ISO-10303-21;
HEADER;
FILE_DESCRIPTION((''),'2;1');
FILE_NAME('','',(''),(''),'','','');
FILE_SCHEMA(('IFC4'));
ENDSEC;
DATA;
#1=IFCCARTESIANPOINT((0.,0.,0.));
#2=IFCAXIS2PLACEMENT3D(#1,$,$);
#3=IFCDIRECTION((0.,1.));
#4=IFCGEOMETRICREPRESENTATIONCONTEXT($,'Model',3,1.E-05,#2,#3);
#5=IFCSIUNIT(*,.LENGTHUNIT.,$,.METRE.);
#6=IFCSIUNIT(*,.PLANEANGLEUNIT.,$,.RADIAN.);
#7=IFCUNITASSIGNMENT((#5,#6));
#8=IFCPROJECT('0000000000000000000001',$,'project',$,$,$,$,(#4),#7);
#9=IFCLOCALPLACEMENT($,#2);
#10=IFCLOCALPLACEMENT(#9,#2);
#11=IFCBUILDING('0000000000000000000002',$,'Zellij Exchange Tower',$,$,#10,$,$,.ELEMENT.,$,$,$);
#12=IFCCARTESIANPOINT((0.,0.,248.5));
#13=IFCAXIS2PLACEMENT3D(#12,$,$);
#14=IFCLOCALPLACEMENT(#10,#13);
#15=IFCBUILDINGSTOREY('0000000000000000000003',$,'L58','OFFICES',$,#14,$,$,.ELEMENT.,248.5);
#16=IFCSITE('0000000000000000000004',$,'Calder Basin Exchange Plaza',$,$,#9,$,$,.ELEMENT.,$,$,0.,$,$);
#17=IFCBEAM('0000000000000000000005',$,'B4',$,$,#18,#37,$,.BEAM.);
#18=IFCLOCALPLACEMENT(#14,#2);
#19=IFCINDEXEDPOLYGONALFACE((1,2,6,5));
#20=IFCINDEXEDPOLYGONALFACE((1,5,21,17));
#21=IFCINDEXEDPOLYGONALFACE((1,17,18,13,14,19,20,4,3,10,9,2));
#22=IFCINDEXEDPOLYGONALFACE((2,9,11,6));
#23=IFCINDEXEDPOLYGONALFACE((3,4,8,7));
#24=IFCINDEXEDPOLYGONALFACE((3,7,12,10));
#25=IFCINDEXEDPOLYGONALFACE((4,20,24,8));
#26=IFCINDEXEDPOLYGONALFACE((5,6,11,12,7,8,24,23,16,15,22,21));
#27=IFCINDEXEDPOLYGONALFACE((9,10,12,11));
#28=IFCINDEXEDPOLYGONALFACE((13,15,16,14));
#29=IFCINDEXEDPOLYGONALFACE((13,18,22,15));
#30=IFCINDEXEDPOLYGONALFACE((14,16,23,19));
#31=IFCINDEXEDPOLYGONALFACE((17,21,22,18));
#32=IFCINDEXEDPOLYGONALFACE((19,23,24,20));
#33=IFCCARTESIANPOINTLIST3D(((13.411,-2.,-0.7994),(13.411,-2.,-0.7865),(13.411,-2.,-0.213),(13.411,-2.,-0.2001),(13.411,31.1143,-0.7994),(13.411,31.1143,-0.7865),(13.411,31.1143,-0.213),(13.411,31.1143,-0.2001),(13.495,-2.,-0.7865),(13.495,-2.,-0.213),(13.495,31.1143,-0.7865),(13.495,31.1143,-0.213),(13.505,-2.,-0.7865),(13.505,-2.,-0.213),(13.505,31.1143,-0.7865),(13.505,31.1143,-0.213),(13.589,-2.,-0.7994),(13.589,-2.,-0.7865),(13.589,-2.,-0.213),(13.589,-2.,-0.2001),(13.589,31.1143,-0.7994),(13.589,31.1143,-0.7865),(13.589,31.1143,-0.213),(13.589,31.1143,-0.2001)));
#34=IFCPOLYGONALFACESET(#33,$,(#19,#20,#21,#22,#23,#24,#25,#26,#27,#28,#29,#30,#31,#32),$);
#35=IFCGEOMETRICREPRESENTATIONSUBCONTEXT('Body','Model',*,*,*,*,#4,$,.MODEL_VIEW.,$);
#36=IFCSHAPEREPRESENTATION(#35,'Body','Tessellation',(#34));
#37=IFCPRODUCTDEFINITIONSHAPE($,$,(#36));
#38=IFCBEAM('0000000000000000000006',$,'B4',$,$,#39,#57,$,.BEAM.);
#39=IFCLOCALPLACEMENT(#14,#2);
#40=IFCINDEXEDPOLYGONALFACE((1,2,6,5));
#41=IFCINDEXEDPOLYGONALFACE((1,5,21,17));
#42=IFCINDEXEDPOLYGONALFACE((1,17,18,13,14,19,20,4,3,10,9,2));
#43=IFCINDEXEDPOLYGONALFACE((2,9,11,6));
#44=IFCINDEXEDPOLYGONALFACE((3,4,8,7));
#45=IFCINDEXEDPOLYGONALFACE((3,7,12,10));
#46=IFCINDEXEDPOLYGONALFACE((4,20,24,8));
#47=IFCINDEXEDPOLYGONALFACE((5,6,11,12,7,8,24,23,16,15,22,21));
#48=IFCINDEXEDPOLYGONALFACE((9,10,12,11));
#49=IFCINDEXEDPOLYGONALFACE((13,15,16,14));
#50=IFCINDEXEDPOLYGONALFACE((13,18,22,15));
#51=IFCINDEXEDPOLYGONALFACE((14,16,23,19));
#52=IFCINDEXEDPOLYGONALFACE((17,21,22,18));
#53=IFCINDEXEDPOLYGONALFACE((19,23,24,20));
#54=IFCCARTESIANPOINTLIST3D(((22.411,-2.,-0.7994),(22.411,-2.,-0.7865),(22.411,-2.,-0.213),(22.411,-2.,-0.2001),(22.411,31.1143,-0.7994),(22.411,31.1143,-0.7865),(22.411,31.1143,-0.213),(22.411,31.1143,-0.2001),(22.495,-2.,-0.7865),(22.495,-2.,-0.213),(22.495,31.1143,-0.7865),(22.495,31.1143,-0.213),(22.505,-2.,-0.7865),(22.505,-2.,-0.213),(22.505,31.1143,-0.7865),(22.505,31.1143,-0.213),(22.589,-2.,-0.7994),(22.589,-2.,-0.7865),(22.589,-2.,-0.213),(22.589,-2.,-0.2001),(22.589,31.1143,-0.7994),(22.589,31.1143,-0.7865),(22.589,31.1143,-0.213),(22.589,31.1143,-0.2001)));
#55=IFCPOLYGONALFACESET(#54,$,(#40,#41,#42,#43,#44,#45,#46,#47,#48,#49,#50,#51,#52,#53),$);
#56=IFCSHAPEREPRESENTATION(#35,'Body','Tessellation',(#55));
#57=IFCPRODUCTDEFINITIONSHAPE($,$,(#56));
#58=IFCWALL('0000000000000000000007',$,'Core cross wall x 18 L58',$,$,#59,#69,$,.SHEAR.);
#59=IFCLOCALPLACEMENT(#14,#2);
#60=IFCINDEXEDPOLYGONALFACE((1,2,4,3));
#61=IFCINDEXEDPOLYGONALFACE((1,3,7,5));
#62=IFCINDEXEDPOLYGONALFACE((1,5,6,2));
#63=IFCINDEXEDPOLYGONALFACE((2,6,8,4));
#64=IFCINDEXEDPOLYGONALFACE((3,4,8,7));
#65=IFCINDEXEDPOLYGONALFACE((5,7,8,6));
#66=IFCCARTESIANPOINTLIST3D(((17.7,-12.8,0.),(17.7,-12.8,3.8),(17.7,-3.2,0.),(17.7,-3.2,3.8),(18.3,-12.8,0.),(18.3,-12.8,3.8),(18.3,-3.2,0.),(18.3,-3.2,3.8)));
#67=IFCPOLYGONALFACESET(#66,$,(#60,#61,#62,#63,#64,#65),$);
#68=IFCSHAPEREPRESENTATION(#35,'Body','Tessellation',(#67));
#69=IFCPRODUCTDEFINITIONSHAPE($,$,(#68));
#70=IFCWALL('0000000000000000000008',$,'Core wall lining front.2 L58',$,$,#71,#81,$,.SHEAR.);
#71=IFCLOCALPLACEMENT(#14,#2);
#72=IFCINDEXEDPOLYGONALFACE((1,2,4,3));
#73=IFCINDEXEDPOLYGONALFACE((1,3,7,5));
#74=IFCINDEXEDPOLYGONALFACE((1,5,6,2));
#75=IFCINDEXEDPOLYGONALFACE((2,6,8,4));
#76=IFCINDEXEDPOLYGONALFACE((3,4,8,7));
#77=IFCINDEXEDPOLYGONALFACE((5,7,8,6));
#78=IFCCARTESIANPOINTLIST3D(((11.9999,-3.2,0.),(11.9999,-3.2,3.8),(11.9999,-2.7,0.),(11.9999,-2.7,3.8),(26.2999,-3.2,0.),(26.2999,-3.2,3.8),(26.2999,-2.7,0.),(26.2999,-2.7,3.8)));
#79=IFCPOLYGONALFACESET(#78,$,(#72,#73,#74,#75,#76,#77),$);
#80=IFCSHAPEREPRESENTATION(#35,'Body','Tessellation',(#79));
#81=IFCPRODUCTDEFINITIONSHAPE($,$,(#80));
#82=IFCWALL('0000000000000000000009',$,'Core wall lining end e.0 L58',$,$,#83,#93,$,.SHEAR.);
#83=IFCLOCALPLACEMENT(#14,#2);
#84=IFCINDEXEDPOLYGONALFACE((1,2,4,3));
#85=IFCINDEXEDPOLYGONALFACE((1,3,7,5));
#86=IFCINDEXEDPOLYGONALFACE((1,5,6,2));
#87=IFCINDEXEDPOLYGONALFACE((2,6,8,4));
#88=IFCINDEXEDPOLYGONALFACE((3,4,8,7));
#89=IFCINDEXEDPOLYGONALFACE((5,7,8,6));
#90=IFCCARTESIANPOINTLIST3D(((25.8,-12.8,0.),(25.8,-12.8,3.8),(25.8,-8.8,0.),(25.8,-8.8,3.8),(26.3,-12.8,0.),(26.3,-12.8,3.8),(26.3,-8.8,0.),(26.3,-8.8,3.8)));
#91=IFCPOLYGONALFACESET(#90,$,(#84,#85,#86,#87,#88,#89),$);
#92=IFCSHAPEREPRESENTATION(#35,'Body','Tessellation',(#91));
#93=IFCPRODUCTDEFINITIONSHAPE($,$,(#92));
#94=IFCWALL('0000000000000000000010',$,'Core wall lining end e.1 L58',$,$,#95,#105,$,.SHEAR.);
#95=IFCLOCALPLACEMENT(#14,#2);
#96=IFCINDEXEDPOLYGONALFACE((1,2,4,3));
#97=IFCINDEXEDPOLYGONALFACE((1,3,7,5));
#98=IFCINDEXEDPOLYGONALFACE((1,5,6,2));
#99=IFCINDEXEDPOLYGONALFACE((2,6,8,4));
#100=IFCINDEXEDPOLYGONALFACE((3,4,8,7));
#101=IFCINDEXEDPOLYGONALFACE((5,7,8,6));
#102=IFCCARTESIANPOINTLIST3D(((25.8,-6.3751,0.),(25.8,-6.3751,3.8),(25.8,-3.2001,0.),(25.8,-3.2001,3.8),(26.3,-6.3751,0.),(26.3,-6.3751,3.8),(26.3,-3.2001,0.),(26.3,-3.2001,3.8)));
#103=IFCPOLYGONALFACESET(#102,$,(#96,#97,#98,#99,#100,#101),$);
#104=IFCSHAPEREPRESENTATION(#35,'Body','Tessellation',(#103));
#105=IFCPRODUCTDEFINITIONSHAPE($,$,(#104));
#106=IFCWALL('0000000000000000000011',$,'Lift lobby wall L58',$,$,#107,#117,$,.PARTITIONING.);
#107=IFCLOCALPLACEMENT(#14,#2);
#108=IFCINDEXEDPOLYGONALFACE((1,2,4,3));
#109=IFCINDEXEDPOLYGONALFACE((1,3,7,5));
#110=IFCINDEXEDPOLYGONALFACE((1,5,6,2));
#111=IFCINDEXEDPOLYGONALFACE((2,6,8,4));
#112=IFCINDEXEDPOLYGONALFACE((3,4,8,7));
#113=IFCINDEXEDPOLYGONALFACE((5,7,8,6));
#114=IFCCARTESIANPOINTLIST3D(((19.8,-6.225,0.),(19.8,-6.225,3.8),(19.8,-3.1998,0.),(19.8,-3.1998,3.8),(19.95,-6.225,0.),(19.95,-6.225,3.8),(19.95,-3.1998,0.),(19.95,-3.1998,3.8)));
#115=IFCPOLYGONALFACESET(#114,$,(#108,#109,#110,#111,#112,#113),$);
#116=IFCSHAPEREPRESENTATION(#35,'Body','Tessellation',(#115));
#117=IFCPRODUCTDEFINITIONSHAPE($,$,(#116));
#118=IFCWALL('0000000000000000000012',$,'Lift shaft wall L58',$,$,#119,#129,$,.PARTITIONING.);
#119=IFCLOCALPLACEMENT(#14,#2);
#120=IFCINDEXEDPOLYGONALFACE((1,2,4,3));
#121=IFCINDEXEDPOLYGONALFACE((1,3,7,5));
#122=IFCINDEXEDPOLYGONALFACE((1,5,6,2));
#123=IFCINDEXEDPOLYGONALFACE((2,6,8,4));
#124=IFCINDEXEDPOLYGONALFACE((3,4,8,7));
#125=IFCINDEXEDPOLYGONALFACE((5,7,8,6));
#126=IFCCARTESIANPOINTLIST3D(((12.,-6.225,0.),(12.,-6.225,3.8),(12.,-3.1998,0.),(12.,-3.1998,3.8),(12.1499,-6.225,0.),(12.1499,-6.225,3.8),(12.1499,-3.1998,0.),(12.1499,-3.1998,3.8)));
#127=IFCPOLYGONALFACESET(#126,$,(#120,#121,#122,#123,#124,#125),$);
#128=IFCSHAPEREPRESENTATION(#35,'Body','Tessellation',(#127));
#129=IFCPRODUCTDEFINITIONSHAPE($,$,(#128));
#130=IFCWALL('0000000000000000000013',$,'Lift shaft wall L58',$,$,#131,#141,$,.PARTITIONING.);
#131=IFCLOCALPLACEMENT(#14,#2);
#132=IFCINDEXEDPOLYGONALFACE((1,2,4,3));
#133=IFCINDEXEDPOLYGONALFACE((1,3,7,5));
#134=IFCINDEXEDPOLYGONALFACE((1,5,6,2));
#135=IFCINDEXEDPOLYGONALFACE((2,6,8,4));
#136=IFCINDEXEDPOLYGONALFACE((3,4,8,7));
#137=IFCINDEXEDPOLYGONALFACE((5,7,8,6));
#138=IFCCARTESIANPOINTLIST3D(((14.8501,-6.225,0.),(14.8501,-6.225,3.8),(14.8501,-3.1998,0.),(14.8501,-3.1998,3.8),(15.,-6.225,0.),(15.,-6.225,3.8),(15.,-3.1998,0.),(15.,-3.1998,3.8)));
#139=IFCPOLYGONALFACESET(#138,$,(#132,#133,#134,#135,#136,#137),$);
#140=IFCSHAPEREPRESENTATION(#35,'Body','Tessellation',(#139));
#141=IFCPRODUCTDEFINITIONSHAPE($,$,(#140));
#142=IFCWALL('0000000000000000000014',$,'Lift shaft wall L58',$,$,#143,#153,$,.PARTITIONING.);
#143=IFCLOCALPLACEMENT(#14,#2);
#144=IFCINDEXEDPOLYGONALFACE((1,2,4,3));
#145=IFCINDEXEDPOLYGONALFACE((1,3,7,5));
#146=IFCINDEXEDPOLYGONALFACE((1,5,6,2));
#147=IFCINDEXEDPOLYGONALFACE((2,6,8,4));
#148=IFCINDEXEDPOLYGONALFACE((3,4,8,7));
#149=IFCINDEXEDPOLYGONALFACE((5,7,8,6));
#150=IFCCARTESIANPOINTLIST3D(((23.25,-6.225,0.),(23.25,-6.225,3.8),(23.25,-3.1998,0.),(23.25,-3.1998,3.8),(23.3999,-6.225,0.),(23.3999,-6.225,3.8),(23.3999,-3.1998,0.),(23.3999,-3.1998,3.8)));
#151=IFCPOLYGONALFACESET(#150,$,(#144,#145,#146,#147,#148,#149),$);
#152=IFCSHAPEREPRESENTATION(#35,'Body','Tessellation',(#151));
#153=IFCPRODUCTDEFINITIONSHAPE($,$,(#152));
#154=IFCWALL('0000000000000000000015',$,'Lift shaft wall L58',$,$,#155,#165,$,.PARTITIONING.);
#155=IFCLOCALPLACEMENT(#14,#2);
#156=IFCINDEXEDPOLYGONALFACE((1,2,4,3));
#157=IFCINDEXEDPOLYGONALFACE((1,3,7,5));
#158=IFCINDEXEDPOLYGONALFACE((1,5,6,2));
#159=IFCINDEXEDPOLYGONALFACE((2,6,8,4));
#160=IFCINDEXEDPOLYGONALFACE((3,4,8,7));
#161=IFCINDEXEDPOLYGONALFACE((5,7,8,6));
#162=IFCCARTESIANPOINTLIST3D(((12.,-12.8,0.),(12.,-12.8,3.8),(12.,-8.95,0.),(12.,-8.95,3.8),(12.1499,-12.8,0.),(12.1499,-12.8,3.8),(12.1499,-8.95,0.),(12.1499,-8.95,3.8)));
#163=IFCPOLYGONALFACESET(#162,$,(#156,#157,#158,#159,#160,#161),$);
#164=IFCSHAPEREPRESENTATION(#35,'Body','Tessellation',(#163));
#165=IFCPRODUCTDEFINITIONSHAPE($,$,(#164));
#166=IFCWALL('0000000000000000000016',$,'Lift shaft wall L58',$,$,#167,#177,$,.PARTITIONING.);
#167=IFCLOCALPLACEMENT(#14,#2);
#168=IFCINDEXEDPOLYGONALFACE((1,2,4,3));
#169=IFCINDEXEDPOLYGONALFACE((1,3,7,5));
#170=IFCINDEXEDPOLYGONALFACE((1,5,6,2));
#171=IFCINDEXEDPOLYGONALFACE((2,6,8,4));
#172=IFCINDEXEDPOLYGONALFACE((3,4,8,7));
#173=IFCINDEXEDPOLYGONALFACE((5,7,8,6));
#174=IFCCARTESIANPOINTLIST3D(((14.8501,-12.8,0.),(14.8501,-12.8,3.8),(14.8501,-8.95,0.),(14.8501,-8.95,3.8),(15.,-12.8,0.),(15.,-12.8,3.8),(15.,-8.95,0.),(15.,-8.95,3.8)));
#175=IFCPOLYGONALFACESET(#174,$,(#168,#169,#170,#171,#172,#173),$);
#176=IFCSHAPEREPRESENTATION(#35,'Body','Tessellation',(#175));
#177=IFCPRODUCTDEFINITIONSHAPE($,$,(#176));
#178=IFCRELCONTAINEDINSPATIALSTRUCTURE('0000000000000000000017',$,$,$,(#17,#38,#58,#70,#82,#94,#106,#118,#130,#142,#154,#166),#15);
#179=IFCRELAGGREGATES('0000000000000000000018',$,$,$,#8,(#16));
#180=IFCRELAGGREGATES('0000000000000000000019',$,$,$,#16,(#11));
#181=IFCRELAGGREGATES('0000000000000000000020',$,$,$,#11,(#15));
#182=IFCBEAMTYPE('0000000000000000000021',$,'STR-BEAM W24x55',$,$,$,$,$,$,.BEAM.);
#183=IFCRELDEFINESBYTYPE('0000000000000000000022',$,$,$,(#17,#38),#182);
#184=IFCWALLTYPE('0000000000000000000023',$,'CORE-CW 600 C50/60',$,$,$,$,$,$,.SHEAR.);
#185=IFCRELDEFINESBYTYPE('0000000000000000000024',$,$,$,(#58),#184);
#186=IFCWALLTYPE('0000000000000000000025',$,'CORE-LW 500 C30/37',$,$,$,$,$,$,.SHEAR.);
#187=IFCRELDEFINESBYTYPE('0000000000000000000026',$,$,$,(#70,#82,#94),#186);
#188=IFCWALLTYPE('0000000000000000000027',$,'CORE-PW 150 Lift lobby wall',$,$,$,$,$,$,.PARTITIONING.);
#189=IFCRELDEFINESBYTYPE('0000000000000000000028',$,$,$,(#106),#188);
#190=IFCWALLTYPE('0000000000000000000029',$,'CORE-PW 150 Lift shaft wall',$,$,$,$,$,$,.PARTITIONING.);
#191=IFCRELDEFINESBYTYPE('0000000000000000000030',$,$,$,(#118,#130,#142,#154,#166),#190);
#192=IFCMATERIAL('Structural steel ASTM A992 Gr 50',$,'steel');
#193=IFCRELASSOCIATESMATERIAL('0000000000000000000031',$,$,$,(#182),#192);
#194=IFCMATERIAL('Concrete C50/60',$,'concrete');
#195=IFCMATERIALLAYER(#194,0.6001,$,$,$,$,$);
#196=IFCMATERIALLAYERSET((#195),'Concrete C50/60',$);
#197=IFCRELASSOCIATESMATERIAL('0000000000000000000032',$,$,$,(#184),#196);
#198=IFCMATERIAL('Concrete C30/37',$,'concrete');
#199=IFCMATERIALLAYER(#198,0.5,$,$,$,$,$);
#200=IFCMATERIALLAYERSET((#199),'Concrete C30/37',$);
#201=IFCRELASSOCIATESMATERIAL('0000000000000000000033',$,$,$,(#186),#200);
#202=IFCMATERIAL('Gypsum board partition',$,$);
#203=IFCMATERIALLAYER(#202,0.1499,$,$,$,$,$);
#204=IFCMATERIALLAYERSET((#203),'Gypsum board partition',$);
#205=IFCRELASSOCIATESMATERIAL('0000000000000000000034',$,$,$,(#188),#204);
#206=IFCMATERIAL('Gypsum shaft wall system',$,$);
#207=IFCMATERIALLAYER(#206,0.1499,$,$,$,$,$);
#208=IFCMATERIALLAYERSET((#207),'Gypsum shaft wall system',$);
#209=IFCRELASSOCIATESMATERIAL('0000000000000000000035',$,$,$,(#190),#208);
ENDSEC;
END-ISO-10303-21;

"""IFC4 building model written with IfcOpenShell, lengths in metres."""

from ifc_helpers import new_model, si_unit, direction, frame, frame_2d, origin, origin_2d, place, context, subcontext, project, spatial, rectangle, i_section, extrude, material, layer, layer_set, material_profile, profile_set, type_object, element, save


model = new_model("IFC4")

# Units and contexts
model_context = context("Model", 3, precision=1e-05, world=origin(), true_north=direction((0.0, 1.0)))
body_context = subcontext(model_context, "Body", "Model", "MODEL_VIEW")
ifc_project = project(units=[si_unit("LENGTHUNIT", "METRE"), si_unit("PLANEANGLEUNIT", "RADIAN")], contexts=[model_context])

# Site, building, storey
site_placement = place(None, origin())
site = spatial("IfcSite", under=ifc_project, at=site_placement, Name="Calder Basin Exchange Plaza", CompositionType="ELEMENT", RefElevation=0.0)
building_placement = place(site_placement, origin())
building = spatial("IfcBuilding", under=site, at=building_placement, Name="Zellij Exchange Tower", CompositionType="ELEMENT")
storey_placement = place(building_placement, frame((0.0, 0.0, 248.5)))
storey = spatial("IfcBuildingStorey", under=building, at=storey_placement, Name="L58", Description="OFFICES", CompositionType="ELEMENT", Elevation=248.5)

# Beams
ifc_material_1 = material(Name="Structural steel ASTM A992 Gr 50", Category="steel")
ifc_material_profile = material_profile(ifc_material_1, i_section(OverallWidth=0.178, OverallDepth=0.5994, WebThickness=0.01, FlangeThickness=0.0129, at=origin_2d()), Name="W24x55")
ifc_profile_set = profile_set([ifc_material_profile], Name="Structural steel ASTM A992 Gr 50")
beam_type = type_object("IfcBeamType", Name="STR-BEAM W24x55", PredefinedType="BEAM", material=ifc_profile_set)
for number, where, z_axis, x_axis, name in (
    (1, (13.5, -2.0, -0.4998), (0.0, 1.0, 0.0), (-1.0, 0.0, 0.0), "B4"),
    (2, (22.5, -2.0, -0.4998), (0.0, 1.0, 0.0), (-1.0, 0.0, 0.0), "B4"),
):
    element("IfcBeam", number, at=place(storey_placement, frame(where, z_axis=z_axis, x_axis=x_axis)), inside=storey, type_object=beam_type, Name=name, PredefinedType="BEAM", context=body_context, shape_type="SweptSolid", body=[
        extrude(i_section(OverallWidth=0.178, OverallDepth=0.5994, WebThickness=0.01, FlangeThickness=0.0129, at=origin_2d()), origin(), (0.0, 0.0, 1.0), 33.1143),
    ])

# Walls
ifc_material_2 = material(Name="Concrete C50/60", Category="concrete")
ifc_layer_1 = layer(ifc_material_2, 0.6001)
ifc_layer_set_1 = layer_set([ifc_layer_1], Name="Concrete C50/60")
wall_type_1 = type_object("IfcWallType", Name="CORE-CW 600 C50/60", PredefinedType="SHEAR", material=ifc_layer_set_1)
wall_1_placement = place(storey_placement, frame((18.0, -12.8, 0.0), z_axis=(0.0, 0.0, 1.0), x_axis=(0.0, 1.0, 0.0)))
element("IfcWall", 3, at=wall_1_placement, inside=storey, type_object=wall_type_1, Name="Core cross wall x 18 L58", PredefinedType="SHEAR", context=body_context, shape_type="SweptSolid", body=[
    extrude(rectangle(XDim=9.6001, YDim=0.6001, at=frame_2d((4.8, 0.0))), origin(), (0.0, 0.0, 1.0), 3.8),
])
ifc_material_3 = material(Name="Concrete C30/37", Category="concrete")
ifc_layer_2 = layer(ifc_material_3, 0.5)
ifc_layer_set_2 = layer_set([ifc_layer_2], Name="Concrete C30/37")
wall_type_2 = type_object("IfcWallType", Name="CORE-LW 500 C30/37", PredefinedType="SHEAR", material=ifc_layer_set_2)
wall_2_placement = place(storey_placement, frame((12.0, -2.95, 0.0), z_axis=(0.0, 0.0, 1.0), x_axis=(1.0, 0.0, 0.0)))
element("IfcWall", 4, at=wall_2_placement, inside=storey, type_object=wall_type_2, Name="Core wall lining front.2 L58", PredefinedType="SHEAR", context=body_context, shape_type="SweptSolid", body=[
    extrude(rectangle(XDim=14.3, YDim=0.5, at=frame_2d((7.1499, 0.0))), origin(), (0.0, 0.0, 1.0), 3.8),
])
wall_3_placement = place(storey_placement, frame((26.05, -12.8, 0.0), z_axis=(0.0, 0.0, 1.0), x_axis=(0.0, 1.0, 0.0)))
element("IfcWall", 5, at=wall_3_placement, inside=storey, type_object=wall_type_2, Name="Core wall lining end e.0 L58", PredefinedType="SHEAR", context=body_context, shape_type="SweptSolid", body=[
    extrude(rectangle(XDim=4.0, YDim=0.5, at=frame_2d((2.0, 0.0))), origin(), (0.0, 0.0, 1.0), 3.8),
])
wall_4_placement = place(storey_placement, frame((26.05, -6.375, 0.0), z_axis=(0.0, 0.0, 1.0), x_axis=(0.0, 1.0, 0.0)))
element("IfcWall", 6, at=wall_4_placement, inside=storey, type_object=wall_type_2, Name="Core wall lining end e.1 L58", PredefinedType="SHEAR", context=body_context, shape_type="SweptSolid", body=[
    extrude(rectangle(XDim=3.175, YDim=0.5, at=frame_2d((1.5874, 0.0))), origin(), (0.0, 0.0, 1.0), 3.8),
])
ifc_material_4 = material(Name="Gypsum board partition")
ifc_layer_3 = layer(ifc_material_4, 0.1499)
ifc_layer_set_3 = layer_set([ifc_layer_3], Name="Gypsum board partition")
wall_type_3 = type_object("IfcWallType", Name="CORE-PW 150 Lift lobby wall", PredefinedType="PARTITIONING", material=ifc_layer_set_3)
wall_5_placement = place(storey_placement, frame((19.875, -6.2251, 0.0), z_axis=(0.0, 0.0, 1.0), x_axis=(0.0, 1.0, 0.0)))
element("IfcWall", 7, at=wall_5_placement, inside=storey, type_object=wall_type_3, Name="Lift lobby wall L58", PredefinedType="PARTITIONING", context=body_context, shape_type="SweptSolid", body=[
    extrude(rectangle(XDim=3.0251, YDim=0.1499, at=frame_2d((1.5127, 0.0))), origin(), (0.0, 0.0, 1.0), 3.8),
])
ifc_material_5 = material(Name="Gypsum shaft wall system")
ifc_layer_4 = layer(ifc_material_5, 0.1499)
ifc_layer_set_4 = layer_set([ifc_layer_4], Name="Gypsum shaft wall system")
wall_type_4 = type_object("IfcWallType", Name="CORE-PW 150 Lift shaft wall", PredefinedType="PARTITIONING", material=ifc_layer_set_4)
for number, where, z_axis, x_axis, name in (
    (8, (12.075, -6.2251, 0.0), (0.0, 0.0, 1.0), (0.0, 1.0, 0.0), "Lift shaft wall L58"),
    (9, (14.925, -6.2251, 0.0), (0.0, 0.0, 1.0), (0.0, 1.0, 0.0), "Lift shaft wall L58"),
    (10, (23.325, -6.2251, 0.0), (0.0, 0.0, 1.0), (0.0, 1.0, 0.0), "Lift shaft wall L58"),
):
    element("IfcWall", number, at=place(storey_placement, frame(where, z_axis=z_axis, x_axis=x_axis)), inside=storey, type_object=wall_type_4, Name=name, PredefinedType="PARTITIONING", context=body_context, shape_type="SweptSolid", body=[
        extrude(rectangle(XDim=3.0251, YDim=0.1499, at=frame_2d((1.5127, 0.0))), origin(), (0.0, 0.0, 1.0), 3.8),
    ])
for number, where, z_axis, x_axis, name in (
    (11, (12.075, -12.8, 0.0), (0.0, 0.0, 1.0), (0.0, 1.0, 0.0), "Lift shaft wall L58"),
    (12, (14.925, -12.8, 0.0), (0.0, 0.0, 1.0), (0.0, 1.0, 0.0), "Lift shaft wall L58"),
):
    element("IfcWall", number, at=place(storey_placement, frame(where, z_axis=z_axis, x_axis=x_axis)), inside=storey, type_object=wall_type_4, Name=name, PredefinedType="PARTITIONING", context=body_context, shape_type="SweptSolid", body=[
        extrude(rectangle(XDim=3.8501, YDim=0.1499, at=frame_2d((1.925, 0.0))), origin(), (0.0, 0.0, 1.0), 3.8),
    ])

save(model, "model.ifc")
